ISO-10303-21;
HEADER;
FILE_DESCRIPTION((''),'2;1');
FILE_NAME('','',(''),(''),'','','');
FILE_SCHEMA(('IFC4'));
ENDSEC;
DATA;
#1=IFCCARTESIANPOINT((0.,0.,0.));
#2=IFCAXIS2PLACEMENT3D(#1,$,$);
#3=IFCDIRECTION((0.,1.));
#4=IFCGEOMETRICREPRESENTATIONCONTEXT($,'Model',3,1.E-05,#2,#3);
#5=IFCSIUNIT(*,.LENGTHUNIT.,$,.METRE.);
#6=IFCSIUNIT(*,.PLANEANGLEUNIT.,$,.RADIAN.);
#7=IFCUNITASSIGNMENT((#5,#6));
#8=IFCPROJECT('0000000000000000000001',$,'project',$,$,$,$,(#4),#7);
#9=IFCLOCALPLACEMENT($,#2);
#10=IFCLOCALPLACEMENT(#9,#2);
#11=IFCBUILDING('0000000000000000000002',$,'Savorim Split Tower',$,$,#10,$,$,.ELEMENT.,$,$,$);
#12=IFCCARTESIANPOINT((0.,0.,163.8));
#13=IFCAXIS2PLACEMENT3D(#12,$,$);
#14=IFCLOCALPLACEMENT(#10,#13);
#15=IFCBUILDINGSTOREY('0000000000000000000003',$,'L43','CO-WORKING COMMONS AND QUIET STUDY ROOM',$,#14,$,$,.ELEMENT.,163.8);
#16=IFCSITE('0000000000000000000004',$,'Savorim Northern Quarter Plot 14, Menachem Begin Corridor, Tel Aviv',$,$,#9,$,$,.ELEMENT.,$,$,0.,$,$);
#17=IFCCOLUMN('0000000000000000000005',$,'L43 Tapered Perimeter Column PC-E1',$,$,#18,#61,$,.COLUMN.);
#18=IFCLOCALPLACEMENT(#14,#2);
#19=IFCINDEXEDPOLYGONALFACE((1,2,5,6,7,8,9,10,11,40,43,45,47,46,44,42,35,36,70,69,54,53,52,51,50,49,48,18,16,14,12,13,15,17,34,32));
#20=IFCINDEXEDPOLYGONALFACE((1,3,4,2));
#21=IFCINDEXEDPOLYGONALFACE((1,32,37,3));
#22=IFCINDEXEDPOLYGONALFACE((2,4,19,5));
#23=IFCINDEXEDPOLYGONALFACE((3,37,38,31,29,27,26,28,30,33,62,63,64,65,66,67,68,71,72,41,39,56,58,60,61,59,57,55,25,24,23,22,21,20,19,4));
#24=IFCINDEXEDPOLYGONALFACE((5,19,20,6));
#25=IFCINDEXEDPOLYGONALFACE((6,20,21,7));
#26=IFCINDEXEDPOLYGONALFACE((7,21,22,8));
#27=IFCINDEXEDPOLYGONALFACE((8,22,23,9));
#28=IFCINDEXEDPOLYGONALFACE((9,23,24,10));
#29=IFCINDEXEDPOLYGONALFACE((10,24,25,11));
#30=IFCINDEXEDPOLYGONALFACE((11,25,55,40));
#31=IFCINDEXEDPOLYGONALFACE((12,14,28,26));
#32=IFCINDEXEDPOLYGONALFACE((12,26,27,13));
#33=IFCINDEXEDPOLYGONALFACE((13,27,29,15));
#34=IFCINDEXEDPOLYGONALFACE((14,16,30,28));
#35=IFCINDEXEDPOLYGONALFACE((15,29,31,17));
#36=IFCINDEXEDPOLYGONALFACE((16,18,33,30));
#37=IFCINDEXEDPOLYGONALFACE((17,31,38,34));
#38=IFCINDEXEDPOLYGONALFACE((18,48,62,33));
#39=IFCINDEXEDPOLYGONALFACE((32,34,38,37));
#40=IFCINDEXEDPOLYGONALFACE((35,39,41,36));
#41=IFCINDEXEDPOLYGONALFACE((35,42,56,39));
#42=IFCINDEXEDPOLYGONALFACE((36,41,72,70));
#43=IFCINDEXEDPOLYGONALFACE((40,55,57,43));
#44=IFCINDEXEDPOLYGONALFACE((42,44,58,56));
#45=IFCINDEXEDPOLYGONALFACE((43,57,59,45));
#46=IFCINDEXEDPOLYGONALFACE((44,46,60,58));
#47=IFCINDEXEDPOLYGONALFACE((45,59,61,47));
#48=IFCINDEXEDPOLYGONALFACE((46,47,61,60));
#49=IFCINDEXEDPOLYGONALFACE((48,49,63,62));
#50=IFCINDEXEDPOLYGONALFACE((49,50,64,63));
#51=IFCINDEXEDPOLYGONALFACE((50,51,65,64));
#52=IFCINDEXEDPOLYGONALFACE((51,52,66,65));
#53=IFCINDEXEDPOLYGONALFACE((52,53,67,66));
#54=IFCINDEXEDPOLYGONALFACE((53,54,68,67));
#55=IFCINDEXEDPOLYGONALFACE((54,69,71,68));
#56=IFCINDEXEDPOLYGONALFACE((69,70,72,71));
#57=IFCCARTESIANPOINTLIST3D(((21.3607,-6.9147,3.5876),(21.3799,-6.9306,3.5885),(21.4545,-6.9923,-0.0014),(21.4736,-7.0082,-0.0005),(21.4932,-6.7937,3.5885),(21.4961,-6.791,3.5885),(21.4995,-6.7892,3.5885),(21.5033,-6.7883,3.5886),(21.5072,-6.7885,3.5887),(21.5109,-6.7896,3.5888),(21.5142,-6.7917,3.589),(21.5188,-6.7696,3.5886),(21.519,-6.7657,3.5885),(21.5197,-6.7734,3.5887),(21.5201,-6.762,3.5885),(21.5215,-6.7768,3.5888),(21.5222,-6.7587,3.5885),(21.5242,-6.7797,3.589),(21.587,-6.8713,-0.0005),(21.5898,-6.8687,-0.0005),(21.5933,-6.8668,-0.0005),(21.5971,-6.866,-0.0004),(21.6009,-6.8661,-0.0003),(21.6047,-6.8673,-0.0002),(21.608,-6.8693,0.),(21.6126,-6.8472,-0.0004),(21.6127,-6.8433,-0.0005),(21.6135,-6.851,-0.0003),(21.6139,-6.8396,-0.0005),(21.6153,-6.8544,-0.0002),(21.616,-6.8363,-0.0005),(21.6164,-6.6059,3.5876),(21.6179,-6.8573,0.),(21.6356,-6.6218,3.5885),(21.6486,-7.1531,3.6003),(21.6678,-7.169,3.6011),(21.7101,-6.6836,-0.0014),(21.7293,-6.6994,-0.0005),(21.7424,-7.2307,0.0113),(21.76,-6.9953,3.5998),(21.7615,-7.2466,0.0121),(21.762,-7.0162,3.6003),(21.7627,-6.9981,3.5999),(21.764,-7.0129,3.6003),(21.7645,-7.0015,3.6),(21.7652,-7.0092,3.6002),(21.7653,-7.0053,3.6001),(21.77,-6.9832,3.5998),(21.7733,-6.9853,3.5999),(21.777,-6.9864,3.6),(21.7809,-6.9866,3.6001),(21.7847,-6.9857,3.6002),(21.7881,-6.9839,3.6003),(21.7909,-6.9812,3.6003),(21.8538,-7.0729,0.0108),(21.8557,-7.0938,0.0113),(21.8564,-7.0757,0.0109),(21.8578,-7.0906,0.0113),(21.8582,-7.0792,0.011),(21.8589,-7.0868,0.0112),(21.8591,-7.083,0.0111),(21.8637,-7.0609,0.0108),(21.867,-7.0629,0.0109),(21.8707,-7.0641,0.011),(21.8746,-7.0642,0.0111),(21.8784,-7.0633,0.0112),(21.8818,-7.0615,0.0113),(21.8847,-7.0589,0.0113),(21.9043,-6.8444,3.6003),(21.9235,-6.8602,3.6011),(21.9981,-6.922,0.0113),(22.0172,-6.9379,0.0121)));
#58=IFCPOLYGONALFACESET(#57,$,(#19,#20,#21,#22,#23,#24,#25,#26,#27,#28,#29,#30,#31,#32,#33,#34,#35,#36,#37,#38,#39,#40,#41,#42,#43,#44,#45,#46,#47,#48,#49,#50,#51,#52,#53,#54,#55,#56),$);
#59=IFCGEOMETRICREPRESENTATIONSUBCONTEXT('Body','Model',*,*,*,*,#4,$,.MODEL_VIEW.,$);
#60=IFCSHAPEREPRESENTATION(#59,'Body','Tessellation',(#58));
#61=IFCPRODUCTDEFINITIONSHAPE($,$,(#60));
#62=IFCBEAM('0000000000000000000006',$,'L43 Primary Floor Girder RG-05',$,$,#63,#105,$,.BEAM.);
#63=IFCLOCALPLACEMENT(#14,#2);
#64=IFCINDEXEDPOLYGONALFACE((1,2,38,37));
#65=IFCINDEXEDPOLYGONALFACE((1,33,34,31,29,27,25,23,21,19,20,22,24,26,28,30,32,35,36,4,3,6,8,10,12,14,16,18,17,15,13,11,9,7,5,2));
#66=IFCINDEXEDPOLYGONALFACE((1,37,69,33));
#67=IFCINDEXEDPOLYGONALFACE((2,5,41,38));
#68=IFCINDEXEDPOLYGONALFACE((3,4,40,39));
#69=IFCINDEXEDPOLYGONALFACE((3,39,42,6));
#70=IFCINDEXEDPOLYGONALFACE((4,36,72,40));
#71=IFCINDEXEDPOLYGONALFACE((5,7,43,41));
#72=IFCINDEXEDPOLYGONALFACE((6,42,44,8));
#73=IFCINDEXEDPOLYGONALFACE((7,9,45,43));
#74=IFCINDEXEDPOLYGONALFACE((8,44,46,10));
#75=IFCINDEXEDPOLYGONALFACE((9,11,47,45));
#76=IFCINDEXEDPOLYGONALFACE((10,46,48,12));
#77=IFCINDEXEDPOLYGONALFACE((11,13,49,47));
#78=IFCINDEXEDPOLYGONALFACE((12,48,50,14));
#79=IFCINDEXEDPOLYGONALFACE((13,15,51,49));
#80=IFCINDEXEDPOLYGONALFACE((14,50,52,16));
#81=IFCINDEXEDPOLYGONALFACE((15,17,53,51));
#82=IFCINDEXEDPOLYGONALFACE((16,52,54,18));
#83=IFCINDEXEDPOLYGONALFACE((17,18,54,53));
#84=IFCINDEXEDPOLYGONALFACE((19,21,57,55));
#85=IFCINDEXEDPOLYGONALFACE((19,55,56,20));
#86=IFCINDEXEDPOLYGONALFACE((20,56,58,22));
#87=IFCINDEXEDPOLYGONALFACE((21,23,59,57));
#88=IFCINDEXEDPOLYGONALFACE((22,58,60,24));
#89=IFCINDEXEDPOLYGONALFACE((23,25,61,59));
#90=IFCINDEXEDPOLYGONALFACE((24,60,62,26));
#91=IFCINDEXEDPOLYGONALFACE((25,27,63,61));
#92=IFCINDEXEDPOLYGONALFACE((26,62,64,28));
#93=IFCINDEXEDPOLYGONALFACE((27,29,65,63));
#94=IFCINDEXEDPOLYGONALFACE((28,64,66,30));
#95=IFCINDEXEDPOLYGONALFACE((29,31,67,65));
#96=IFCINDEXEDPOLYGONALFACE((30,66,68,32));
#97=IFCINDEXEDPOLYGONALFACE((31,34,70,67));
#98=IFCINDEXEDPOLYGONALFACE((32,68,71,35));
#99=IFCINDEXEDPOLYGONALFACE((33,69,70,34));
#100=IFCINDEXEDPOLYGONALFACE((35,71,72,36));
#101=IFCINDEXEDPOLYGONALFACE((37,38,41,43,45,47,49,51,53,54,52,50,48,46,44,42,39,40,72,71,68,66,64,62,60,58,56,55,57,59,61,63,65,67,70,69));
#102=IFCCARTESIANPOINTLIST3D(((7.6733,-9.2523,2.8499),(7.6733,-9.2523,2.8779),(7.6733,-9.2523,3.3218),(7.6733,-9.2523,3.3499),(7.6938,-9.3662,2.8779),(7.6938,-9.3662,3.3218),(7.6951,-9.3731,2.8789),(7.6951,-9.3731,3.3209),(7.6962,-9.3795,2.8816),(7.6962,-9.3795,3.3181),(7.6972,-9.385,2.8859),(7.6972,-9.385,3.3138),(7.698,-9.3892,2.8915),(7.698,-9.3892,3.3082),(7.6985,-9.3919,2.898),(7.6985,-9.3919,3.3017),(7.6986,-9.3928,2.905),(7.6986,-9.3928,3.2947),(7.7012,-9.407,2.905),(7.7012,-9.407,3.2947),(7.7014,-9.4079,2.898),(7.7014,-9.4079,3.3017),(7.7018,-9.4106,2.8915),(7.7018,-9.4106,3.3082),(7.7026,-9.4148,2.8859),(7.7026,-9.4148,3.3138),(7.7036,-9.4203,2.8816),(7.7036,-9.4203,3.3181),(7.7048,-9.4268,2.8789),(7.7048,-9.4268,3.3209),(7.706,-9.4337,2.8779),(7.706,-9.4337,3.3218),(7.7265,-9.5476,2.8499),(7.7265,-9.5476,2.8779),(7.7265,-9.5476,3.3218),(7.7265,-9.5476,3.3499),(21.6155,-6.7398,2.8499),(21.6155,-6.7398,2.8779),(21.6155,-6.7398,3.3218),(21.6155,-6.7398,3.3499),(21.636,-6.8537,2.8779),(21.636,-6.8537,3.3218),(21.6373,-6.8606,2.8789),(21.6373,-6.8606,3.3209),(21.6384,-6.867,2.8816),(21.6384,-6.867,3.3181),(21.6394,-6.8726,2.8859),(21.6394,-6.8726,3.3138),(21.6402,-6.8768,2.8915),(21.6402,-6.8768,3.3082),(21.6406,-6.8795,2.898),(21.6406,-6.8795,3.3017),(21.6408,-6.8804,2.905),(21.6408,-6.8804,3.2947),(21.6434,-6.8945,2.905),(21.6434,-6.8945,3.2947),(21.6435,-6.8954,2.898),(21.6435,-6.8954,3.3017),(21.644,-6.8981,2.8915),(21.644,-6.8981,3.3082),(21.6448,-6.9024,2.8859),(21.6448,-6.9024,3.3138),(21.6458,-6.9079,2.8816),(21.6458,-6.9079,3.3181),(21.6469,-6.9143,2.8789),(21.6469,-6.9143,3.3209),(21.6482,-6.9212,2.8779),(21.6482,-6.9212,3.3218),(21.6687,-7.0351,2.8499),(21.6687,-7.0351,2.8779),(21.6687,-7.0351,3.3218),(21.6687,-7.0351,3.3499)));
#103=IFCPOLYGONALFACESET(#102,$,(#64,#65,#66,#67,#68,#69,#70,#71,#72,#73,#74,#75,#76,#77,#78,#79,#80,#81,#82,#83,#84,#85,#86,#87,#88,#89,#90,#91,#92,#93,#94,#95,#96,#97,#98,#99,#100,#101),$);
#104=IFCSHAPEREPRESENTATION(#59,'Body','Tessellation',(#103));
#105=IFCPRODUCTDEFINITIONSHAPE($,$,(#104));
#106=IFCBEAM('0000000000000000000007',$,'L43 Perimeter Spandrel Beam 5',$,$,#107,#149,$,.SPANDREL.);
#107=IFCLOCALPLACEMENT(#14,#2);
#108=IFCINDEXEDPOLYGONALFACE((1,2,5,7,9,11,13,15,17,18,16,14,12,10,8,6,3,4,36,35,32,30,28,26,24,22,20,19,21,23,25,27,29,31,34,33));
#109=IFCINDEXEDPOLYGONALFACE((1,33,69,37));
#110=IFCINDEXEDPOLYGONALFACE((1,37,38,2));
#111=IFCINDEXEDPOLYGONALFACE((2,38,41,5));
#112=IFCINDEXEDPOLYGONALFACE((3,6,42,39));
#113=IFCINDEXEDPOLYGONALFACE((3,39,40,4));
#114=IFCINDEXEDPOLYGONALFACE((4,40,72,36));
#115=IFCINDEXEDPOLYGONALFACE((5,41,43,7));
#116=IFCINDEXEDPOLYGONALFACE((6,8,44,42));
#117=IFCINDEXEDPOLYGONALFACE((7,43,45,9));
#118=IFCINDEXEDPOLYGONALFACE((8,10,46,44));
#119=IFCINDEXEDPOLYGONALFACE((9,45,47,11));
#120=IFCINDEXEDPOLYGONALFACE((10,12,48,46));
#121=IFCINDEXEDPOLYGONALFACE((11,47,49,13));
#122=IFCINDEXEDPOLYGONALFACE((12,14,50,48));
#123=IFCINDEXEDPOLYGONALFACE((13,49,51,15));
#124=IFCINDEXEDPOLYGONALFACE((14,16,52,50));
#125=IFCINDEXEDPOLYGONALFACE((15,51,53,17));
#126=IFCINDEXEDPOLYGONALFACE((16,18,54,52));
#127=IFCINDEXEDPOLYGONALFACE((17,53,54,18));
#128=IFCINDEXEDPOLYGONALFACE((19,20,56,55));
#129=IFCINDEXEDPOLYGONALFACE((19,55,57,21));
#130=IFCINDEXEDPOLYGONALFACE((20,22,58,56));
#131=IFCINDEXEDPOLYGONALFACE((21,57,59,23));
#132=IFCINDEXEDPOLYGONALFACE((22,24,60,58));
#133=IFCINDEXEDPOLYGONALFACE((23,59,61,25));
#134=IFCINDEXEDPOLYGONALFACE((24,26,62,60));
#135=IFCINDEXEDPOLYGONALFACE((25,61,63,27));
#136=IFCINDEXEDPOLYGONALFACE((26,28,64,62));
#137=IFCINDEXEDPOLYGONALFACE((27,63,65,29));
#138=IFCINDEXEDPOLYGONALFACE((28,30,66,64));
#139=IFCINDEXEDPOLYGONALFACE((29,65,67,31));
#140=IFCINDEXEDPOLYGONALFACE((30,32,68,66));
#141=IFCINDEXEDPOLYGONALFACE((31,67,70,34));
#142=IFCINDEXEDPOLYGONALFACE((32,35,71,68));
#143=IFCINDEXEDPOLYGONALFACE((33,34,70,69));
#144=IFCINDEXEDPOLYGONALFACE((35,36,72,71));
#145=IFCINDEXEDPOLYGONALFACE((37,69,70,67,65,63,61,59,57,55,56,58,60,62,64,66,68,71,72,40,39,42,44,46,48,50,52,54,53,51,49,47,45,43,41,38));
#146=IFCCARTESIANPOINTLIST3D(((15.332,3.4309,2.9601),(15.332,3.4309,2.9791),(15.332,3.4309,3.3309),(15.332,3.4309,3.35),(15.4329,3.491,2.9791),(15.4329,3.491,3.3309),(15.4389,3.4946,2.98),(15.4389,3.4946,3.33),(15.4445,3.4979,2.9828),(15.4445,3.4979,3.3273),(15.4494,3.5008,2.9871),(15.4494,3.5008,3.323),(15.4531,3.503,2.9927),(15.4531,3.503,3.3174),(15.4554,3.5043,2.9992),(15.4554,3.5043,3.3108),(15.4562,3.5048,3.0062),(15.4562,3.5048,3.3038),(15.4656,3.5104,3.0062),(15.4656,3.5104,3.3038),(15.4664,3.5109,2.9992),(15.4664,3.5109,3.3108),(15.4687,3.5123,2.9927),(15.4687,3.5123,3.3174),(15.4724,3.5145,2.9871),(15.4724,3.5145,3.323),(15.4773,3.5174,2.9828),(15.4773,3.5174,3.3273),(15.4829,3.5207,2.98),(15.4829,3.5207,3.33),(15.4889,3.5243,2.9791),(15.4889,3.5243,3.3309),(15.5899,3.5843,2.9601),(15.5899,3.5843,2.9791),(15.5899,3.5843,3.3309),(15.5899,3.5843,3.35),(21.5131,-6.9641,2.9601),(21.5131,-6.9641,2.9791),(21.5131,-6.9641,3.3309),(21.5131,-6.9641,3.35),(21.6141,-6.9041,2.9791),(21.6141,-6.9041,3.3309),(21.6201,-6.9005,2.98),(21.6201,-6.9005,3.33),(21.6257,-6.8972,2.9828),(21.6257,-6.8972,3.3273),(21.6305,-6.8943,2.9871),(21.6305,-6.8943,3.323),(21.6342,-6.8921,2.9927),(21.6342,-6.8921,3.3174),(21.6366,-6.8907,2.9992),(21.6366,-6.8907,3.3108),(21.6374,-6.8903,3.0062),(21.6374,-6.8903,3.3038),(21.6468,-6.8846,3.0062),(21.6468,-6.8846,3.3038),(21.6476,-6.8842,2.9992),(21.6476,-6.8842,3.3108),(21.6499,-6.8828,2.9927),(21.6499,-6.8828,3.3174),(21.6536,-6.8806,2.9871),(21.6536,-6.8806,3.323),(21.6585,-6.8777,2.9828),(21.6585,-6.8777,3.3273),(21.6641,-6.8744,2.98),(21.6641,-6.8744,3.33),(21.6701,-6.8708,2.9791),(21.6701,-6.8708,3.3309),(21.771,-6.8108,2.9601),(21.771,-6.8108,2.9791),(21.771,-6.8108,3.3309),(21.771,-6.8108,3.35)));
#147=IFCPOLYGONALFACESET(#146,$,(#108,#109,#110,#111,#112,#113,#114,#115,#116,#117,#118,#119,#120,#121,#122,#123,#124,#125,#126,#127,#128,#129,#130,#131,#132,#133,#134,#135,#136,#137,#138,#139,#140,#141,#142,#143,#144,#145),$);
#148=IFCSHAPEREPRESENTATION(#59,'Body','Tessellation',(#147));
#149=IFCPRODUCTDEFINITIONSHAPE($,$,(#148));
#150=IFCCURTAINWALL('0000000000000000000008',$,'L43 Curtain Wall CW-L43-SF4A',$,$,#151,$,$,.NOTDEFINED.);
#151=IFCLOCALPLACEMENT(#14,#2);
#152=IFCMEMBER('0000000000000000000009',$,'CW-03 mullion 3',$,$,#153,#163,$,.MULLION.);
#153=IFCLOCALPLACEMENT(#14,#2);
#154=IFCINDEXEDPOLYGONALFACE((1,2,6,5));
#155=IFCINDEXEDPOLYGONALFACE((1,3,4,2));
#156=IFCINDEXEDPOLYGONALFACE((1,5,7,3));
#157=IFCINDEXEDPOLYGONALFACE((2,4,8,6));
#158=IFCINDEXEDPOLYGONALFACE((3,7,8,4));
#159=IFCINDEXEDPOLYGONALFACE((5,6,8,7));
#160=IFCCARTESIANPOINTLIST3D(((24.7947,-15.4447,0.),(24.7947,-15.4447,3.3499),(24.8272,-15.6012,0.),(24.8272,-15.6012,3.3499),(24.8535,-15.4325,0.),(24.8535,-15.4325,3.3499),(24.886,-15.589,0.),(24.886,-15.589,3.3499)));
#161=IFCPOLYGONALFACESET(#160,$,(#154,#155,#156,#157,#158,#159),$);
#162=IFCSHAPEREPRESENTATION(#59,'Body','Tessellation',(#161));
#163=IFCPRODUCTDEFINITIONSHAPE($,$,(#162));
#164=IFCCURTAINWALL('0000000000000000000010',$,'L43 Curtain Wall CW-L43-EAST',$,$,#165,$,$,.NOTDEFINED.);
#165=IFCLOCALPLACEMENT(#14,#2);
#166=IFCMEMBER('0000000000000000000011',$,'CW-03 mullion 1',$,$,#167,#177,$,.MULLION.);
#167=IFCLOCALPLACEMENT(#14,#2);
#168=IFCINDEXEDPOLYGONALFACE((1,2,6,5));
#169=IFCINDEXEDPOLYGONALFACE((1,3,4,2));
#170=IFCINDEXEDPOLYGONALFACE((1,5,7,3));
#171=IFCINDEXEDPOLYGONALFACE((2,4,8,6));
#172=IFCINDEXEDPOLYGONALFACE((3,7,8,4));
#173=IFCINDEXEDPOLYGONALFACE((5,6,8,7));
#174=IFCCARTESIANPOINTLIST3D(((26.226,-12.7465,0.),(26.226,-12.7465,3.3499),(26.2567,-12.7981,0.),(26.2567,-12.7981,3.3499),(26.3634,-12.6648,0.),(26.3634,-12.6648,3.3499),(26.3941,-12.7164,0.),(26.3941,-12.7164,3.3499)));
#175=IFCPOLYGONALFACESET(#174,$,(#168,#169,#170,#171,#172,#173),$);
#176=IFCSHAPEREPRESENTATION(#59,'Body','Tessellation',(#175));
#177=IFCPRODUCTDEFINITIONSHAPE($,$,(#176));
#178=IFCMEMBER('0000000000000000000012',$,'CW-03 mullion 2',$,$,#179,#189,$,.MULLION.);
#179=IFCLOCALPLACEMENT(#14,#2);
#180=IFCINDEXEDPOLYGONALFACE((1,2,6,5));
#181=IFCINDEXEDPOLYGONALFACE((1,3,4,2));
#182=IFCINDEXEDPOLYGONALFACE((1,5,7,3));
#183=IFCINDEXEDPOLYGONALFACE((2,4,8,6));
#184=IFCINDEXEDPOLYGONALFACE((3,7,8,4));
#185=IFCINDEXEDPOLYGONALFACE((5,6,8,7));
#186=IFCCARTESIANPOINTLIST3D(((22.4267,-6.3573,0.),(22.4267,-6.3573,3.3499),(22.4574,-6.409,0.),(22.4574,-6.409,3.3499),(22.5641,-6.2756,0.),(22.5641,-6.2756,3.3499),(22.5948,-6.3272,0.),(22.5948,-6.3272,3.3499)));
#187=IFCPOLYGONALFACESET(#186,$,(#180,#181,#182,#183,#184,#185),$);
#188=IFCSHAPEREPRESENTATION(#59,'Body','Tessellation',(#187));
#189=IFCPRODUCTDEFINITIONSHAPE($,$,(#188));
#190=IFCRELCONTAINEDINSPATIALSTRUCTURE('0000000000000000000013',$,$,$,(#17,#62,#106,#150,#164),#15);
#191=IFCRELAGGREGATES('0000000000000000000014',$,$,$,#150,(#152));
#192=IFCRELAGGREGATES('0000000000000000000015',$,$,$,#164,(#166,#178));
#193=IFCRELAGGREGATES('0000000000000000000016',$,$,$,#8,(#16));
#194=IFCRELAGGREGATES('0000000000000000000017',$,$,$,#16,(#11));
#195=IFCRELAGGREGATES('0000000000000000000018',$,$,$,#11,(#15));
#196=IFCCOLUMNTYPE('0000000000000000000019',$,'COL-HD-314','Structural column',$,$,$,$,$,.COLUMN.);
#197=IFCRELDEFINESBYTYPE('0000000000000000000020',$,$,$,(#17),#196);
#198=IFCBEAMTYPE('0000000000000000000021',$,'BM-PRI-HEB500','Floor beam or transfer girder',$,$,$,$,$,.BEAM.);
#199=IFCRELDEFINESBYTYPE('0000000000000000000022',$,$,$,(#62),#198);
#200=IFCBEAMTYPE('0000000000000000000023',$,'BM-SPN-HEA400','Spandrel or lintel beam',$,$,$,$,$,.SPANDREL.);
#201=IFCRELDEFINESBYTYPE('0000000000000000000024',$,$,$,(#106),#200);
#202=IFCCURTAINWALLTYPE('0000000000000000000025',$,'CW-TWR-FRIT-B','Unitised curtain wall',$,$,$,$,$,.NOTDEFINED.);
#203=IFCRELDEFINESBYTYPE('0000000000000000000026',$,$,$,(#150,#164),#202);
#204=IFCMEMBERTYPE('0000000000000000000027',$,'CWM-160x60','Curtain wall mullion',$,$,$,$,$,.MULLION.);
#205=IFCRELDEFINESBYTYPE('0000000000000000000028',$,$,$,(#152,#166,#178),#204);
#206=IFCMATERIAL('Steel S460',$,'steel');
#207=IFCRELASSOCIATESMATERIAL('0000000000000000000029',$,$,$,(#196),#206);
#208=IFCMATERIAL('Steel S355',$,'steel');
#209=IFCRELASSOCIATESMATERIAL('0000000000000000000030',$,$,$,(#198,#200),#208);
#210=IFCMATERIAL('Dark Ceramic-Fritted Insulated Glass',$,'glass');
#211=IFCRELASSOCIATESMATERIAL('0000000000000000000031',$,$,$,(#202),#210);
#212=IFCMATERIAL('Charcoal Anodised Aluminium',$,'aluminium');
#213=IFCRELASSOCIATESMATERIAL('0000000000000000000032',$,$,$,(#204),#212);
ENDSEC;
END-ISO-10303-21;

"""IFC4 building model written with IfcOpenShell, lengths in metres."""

from ifc_helpers import new_model, si_unit, direction, frame, origin, origin_2d, place, context, subcontext, project, spatial, rectangle, i_section, extrude, material, material_profile, profile_set, type_object, element, aggregate, save


model = new_model("IFC4")

# Units and contexts
model_context = context("Model", 3, precision=1e-05, world=origin(), true_north=direction((0.0, 1.0)))
body_context = subcontext(model_context, "Body", "Model", "MODEL_VIEW")
ifc_project = project(units=[si_unit("LENGTHUNIT", "METRE"), si_unit("PLANEANGLEUNIT", "RADIAN")], contexts=[model_context])

# Site, building, storey
site_placement = place(None, origin())
site = spatial("IfcSite", under=ifc_project, at=site_placement, Name="Savorim Northern Quarter Plot 14, Menachem Begin Corridor, Tel Aviv", CompositionType="ELEMENT", RefElevation=0.0)
building_placement = place(site_placement, origin())
building = spatial("IfcBuilding", under=site, at=building_placement, Name="Savorim Split Tower", CompositionType="ELEMENT")
storey_placement = place(building_placement, frame((0.0, 0.0, 163.8)))
storey = spatial("IfcBuildingStorey", under=building, at=storey_placement, Name="L43", Description="CO-WORKING COMMONS AND QUIET STUDY ROOM", CompositionType="ELEMENT", Elevation=163.8)

# Column
ifc_material_1 = material(Name="Steel S460", Category="steel")
ifc_material_profile_1 = material_profile(ifc_material_1, i_section(OverallWidth=0.4009, OverallDepth=0.3989, WebThickness=0.0156, FlangeThickness=0.0249, FilletRadius=0.0149, at=origin_2d()), Name="HD 400x314")
ifc_profile_set_1 = profile_set([ifc_material_profile_1], Name="Steel S460")
column_type = type_object("IfcColumnType", Name="COL-HD-314", Description="Structural column", PredefinedType="COLUMN", material=ifc_profile_set_1)
column_placement = place(storey_placement, frame((21.7358, -6.9651, 0.0054), z_axis=(-0.026106, 0.021619, 0.999425), x_axis=(-0.637814, -0.77019, 0.0)))
element("IfcColumn", 1, at=column_placement, inside=storey, type_object=column_type, Name="L43 Tapered Perimeter Column PC-E1", PredefinedType="COLUMN", context=body_context, shape_type="SweptSolid", body=[
    extrude(i_section(OverallWidth=0.4009, OverallDepth=0.3989, WebThickness=0.0156, FlangeThickness=0.0249, FilletRadius=0.0149, at=origin_2d()), origin(), (0.0, 0.0, 1.0), 3.5911),
])

# Beams
ifc_material_2 = material(Name="Steel S355", Category="steel")
ifc_material_profile_2 = material_profile(ifc_material_2, i_section(OverallWidth=0.3, OverallDepth=0.5, WebThickness=0.0144, FlangeThickness=0.0281, FilletRadius=0.0271, at=origin_2d()), Name="HEB 500")
ifc_profile_set_2 = profile_set([ifc_material_profile_2], Name="Steel S355")
beam_type_1 = type_object("IfcBeamType", Name="BM-PRI-HEB500", Description="Floor beam or transfer girder", PredefinedType="BEAM", material=ifc_profile_set_2)
beam_1_placement = place(storey_placement, frame((21.6421, -6.8875, 3.0999), z_axis=(-0.984148, -0.177349, 0.0), x_axis=(0.177349, -0.984148, 0.0)))
element("IfcBeam", 2, at=beam_1_placement, inside=storey, type_object=beam_type_1, Name="L43 Primary Floor Girder RG-05", PredefinedType="BEAM", context=body_context, shape_type="SweptSolid", body=[
    extrude(i_section(OverallWidth=0.3, OverallDepth=0.5, WebThickness=0.0144, FlangeThickness=0.0281, FilletRadius=0.0271, at=origin_2d()), origin(), (0.0, 0.0, 1.0), 14.1667),
])
ifc_material_profile_3 = material_profile(ifc_material_2, i_section(OverallWidth=0.3, OverallDepth=0.3899, WebThickness=0.011, FlangeThickness=0.019, FilletRadius=0.0271, at=origin_2d()), Name="HEA 400")
ifc_profile_set_3 = profile_set([ifc_material_profile_3], Name="Steel S355")
beam_type_2 = type_object("IfcBeamType", Name="BM-SPN-HEA400", Description="Spandrel or lintel beam", PredefinedType="SPANDREL", material=ifc_profile_set_3)
beam_2_placement = place(storey_placement, frame((21.6421, -6.8875, 3.155), z_axis=(-0.511096, 0.859524, 0.0), x_axis=(-0.859524, -0.511096, 0.0)))
element("IfcBeam", 3, at=beam_2_placement, inside=storey, type_object=beam_type_2, Name="L43 Perimeter Spandrel Beam 5", PredefinedType="SPANDREL", context=body_context, shape_type="SweptSolid", body=[
    extrude(i_section(OverallWidth=0.3, OverallDepth=0.3899, WebThickness=0.011, FlangeThickness=0.019, FilletRadius=0.0271, at=origin_2d()), origin(), (0.0, 0.0, 1.0), 12.094),
])

# Curtain wall, member
ifc_material_3 = material(Name="Dark Ceramic-Fritted Insulated Glass", Category="glass")
curtain_wall_type = type_object("IfcCurtainWallType", Name="CW-TWR-FRIT-B", Description="Unitised curtain wall", PredefinedType="NOTDEFINED", material=ifc_material_3)
curtain_wall_1_placement = place(storey_placement, origin())
curtain_wall_1 = element("IfcCurtainWall", 4, at=curtain_wall_1_placement, inside=storey, type_object=curtain_wall_type, Name="L43 Curtain Wall CW-L43-SF4A", PredefinedType="NOTDEFINED")
ifc_material_4 = material(Name="Charcoal Anodised Aluminium", Category="aluminium")
ifc_material_profile_4 = material_profile(ifc_material_4, rectangle(XDim=0.1599, YDim=0.0601, at=origin_2d()), Name="ALU-M 160x60")
ifc_profile_set_4 = profile_set([ifc_material_profile_4], Name="Charcoal Anodised Aluminium")
member_type_1 = type_object("IfcMemberType", Name="CWM-160x60", Description="Curtain wall mullion", PredefinedType="MULLION", material=ifc_profile_set_4)
member_1_placement = place(storey_placement, frame((24.8403, -15.5168, 0.0), z_axis=(0.0, 0.0, 1.0), x_axis=(-0.203216, 0.979134, 0.0)))
member_1 = element("IfcMember", 5, at=member_1_placement, type_object=member_type_1, Name="CW-03 mullion 3", PredefinedType="MULLION", context=body_context, shape_type="SweptSolid", body=[
    extrude(rectangle(XDim=0.1599, YDim=0.0601, at=origin_2d()), origin(), (0.0, 0.0, 1.0), 3.3499),
])

# Curtain wall, members
curtain_wall_2_placement = place(storey_placement, origin())
curtain_wall_2 = element("IfcCurtainWall", 6, at=curtain_wall_2_placement, inside=storey, type_object=curtain_wall_type, Name="L43 Curtain Wall CW-L43-EAST", PredefinedType="NOTDEFINED")
member_2_placement = place(storey_placement, frame((26.3101, -12.7314, 0.0), z_axis=(0.0, 0.0, 1.0), x_axis=(-0.859525, -0.511094, 0.0)))
member_2 = element("IfcMember", 7, at=member_2_placement, type_object=member_type_1, Name="CW-03 mullion 1", PredefinedType="MULLION", context=body_context, shape_type="SweptSolid", body=[
    extrude(rectangle(XDim=0.1599, YDim=0.0601, at=origin_2d()), origin(), (0.0, 0.0, 1.0), 3.3499),
])
member_3_placement = place(storey_placement, frame((22.5107, -6.3423, 0.0), z_axis=(0.0, 0.0, 1.0), x_axis=(-0.859525, -0.511094, 0.0)))
member_3 = element("IfcMember", 8, at=member_3_placement, type_object=member_type_1, Name="CW-03 mullion 2", PredefinedType="MULLION", context=body_context, shape_type="SweptSolid", body=[
    extrude(rectangle(XDim=0.1599, YDim=0.0601, at=origin_2d()), origin(), (0.0, 0.0, 1.0), 3.3499),
])

aggregate(curtain_wall_1, [member_1])
aggregate(curtain_wall_2, [member_2, member_3])

save(model, "model.ifc")
